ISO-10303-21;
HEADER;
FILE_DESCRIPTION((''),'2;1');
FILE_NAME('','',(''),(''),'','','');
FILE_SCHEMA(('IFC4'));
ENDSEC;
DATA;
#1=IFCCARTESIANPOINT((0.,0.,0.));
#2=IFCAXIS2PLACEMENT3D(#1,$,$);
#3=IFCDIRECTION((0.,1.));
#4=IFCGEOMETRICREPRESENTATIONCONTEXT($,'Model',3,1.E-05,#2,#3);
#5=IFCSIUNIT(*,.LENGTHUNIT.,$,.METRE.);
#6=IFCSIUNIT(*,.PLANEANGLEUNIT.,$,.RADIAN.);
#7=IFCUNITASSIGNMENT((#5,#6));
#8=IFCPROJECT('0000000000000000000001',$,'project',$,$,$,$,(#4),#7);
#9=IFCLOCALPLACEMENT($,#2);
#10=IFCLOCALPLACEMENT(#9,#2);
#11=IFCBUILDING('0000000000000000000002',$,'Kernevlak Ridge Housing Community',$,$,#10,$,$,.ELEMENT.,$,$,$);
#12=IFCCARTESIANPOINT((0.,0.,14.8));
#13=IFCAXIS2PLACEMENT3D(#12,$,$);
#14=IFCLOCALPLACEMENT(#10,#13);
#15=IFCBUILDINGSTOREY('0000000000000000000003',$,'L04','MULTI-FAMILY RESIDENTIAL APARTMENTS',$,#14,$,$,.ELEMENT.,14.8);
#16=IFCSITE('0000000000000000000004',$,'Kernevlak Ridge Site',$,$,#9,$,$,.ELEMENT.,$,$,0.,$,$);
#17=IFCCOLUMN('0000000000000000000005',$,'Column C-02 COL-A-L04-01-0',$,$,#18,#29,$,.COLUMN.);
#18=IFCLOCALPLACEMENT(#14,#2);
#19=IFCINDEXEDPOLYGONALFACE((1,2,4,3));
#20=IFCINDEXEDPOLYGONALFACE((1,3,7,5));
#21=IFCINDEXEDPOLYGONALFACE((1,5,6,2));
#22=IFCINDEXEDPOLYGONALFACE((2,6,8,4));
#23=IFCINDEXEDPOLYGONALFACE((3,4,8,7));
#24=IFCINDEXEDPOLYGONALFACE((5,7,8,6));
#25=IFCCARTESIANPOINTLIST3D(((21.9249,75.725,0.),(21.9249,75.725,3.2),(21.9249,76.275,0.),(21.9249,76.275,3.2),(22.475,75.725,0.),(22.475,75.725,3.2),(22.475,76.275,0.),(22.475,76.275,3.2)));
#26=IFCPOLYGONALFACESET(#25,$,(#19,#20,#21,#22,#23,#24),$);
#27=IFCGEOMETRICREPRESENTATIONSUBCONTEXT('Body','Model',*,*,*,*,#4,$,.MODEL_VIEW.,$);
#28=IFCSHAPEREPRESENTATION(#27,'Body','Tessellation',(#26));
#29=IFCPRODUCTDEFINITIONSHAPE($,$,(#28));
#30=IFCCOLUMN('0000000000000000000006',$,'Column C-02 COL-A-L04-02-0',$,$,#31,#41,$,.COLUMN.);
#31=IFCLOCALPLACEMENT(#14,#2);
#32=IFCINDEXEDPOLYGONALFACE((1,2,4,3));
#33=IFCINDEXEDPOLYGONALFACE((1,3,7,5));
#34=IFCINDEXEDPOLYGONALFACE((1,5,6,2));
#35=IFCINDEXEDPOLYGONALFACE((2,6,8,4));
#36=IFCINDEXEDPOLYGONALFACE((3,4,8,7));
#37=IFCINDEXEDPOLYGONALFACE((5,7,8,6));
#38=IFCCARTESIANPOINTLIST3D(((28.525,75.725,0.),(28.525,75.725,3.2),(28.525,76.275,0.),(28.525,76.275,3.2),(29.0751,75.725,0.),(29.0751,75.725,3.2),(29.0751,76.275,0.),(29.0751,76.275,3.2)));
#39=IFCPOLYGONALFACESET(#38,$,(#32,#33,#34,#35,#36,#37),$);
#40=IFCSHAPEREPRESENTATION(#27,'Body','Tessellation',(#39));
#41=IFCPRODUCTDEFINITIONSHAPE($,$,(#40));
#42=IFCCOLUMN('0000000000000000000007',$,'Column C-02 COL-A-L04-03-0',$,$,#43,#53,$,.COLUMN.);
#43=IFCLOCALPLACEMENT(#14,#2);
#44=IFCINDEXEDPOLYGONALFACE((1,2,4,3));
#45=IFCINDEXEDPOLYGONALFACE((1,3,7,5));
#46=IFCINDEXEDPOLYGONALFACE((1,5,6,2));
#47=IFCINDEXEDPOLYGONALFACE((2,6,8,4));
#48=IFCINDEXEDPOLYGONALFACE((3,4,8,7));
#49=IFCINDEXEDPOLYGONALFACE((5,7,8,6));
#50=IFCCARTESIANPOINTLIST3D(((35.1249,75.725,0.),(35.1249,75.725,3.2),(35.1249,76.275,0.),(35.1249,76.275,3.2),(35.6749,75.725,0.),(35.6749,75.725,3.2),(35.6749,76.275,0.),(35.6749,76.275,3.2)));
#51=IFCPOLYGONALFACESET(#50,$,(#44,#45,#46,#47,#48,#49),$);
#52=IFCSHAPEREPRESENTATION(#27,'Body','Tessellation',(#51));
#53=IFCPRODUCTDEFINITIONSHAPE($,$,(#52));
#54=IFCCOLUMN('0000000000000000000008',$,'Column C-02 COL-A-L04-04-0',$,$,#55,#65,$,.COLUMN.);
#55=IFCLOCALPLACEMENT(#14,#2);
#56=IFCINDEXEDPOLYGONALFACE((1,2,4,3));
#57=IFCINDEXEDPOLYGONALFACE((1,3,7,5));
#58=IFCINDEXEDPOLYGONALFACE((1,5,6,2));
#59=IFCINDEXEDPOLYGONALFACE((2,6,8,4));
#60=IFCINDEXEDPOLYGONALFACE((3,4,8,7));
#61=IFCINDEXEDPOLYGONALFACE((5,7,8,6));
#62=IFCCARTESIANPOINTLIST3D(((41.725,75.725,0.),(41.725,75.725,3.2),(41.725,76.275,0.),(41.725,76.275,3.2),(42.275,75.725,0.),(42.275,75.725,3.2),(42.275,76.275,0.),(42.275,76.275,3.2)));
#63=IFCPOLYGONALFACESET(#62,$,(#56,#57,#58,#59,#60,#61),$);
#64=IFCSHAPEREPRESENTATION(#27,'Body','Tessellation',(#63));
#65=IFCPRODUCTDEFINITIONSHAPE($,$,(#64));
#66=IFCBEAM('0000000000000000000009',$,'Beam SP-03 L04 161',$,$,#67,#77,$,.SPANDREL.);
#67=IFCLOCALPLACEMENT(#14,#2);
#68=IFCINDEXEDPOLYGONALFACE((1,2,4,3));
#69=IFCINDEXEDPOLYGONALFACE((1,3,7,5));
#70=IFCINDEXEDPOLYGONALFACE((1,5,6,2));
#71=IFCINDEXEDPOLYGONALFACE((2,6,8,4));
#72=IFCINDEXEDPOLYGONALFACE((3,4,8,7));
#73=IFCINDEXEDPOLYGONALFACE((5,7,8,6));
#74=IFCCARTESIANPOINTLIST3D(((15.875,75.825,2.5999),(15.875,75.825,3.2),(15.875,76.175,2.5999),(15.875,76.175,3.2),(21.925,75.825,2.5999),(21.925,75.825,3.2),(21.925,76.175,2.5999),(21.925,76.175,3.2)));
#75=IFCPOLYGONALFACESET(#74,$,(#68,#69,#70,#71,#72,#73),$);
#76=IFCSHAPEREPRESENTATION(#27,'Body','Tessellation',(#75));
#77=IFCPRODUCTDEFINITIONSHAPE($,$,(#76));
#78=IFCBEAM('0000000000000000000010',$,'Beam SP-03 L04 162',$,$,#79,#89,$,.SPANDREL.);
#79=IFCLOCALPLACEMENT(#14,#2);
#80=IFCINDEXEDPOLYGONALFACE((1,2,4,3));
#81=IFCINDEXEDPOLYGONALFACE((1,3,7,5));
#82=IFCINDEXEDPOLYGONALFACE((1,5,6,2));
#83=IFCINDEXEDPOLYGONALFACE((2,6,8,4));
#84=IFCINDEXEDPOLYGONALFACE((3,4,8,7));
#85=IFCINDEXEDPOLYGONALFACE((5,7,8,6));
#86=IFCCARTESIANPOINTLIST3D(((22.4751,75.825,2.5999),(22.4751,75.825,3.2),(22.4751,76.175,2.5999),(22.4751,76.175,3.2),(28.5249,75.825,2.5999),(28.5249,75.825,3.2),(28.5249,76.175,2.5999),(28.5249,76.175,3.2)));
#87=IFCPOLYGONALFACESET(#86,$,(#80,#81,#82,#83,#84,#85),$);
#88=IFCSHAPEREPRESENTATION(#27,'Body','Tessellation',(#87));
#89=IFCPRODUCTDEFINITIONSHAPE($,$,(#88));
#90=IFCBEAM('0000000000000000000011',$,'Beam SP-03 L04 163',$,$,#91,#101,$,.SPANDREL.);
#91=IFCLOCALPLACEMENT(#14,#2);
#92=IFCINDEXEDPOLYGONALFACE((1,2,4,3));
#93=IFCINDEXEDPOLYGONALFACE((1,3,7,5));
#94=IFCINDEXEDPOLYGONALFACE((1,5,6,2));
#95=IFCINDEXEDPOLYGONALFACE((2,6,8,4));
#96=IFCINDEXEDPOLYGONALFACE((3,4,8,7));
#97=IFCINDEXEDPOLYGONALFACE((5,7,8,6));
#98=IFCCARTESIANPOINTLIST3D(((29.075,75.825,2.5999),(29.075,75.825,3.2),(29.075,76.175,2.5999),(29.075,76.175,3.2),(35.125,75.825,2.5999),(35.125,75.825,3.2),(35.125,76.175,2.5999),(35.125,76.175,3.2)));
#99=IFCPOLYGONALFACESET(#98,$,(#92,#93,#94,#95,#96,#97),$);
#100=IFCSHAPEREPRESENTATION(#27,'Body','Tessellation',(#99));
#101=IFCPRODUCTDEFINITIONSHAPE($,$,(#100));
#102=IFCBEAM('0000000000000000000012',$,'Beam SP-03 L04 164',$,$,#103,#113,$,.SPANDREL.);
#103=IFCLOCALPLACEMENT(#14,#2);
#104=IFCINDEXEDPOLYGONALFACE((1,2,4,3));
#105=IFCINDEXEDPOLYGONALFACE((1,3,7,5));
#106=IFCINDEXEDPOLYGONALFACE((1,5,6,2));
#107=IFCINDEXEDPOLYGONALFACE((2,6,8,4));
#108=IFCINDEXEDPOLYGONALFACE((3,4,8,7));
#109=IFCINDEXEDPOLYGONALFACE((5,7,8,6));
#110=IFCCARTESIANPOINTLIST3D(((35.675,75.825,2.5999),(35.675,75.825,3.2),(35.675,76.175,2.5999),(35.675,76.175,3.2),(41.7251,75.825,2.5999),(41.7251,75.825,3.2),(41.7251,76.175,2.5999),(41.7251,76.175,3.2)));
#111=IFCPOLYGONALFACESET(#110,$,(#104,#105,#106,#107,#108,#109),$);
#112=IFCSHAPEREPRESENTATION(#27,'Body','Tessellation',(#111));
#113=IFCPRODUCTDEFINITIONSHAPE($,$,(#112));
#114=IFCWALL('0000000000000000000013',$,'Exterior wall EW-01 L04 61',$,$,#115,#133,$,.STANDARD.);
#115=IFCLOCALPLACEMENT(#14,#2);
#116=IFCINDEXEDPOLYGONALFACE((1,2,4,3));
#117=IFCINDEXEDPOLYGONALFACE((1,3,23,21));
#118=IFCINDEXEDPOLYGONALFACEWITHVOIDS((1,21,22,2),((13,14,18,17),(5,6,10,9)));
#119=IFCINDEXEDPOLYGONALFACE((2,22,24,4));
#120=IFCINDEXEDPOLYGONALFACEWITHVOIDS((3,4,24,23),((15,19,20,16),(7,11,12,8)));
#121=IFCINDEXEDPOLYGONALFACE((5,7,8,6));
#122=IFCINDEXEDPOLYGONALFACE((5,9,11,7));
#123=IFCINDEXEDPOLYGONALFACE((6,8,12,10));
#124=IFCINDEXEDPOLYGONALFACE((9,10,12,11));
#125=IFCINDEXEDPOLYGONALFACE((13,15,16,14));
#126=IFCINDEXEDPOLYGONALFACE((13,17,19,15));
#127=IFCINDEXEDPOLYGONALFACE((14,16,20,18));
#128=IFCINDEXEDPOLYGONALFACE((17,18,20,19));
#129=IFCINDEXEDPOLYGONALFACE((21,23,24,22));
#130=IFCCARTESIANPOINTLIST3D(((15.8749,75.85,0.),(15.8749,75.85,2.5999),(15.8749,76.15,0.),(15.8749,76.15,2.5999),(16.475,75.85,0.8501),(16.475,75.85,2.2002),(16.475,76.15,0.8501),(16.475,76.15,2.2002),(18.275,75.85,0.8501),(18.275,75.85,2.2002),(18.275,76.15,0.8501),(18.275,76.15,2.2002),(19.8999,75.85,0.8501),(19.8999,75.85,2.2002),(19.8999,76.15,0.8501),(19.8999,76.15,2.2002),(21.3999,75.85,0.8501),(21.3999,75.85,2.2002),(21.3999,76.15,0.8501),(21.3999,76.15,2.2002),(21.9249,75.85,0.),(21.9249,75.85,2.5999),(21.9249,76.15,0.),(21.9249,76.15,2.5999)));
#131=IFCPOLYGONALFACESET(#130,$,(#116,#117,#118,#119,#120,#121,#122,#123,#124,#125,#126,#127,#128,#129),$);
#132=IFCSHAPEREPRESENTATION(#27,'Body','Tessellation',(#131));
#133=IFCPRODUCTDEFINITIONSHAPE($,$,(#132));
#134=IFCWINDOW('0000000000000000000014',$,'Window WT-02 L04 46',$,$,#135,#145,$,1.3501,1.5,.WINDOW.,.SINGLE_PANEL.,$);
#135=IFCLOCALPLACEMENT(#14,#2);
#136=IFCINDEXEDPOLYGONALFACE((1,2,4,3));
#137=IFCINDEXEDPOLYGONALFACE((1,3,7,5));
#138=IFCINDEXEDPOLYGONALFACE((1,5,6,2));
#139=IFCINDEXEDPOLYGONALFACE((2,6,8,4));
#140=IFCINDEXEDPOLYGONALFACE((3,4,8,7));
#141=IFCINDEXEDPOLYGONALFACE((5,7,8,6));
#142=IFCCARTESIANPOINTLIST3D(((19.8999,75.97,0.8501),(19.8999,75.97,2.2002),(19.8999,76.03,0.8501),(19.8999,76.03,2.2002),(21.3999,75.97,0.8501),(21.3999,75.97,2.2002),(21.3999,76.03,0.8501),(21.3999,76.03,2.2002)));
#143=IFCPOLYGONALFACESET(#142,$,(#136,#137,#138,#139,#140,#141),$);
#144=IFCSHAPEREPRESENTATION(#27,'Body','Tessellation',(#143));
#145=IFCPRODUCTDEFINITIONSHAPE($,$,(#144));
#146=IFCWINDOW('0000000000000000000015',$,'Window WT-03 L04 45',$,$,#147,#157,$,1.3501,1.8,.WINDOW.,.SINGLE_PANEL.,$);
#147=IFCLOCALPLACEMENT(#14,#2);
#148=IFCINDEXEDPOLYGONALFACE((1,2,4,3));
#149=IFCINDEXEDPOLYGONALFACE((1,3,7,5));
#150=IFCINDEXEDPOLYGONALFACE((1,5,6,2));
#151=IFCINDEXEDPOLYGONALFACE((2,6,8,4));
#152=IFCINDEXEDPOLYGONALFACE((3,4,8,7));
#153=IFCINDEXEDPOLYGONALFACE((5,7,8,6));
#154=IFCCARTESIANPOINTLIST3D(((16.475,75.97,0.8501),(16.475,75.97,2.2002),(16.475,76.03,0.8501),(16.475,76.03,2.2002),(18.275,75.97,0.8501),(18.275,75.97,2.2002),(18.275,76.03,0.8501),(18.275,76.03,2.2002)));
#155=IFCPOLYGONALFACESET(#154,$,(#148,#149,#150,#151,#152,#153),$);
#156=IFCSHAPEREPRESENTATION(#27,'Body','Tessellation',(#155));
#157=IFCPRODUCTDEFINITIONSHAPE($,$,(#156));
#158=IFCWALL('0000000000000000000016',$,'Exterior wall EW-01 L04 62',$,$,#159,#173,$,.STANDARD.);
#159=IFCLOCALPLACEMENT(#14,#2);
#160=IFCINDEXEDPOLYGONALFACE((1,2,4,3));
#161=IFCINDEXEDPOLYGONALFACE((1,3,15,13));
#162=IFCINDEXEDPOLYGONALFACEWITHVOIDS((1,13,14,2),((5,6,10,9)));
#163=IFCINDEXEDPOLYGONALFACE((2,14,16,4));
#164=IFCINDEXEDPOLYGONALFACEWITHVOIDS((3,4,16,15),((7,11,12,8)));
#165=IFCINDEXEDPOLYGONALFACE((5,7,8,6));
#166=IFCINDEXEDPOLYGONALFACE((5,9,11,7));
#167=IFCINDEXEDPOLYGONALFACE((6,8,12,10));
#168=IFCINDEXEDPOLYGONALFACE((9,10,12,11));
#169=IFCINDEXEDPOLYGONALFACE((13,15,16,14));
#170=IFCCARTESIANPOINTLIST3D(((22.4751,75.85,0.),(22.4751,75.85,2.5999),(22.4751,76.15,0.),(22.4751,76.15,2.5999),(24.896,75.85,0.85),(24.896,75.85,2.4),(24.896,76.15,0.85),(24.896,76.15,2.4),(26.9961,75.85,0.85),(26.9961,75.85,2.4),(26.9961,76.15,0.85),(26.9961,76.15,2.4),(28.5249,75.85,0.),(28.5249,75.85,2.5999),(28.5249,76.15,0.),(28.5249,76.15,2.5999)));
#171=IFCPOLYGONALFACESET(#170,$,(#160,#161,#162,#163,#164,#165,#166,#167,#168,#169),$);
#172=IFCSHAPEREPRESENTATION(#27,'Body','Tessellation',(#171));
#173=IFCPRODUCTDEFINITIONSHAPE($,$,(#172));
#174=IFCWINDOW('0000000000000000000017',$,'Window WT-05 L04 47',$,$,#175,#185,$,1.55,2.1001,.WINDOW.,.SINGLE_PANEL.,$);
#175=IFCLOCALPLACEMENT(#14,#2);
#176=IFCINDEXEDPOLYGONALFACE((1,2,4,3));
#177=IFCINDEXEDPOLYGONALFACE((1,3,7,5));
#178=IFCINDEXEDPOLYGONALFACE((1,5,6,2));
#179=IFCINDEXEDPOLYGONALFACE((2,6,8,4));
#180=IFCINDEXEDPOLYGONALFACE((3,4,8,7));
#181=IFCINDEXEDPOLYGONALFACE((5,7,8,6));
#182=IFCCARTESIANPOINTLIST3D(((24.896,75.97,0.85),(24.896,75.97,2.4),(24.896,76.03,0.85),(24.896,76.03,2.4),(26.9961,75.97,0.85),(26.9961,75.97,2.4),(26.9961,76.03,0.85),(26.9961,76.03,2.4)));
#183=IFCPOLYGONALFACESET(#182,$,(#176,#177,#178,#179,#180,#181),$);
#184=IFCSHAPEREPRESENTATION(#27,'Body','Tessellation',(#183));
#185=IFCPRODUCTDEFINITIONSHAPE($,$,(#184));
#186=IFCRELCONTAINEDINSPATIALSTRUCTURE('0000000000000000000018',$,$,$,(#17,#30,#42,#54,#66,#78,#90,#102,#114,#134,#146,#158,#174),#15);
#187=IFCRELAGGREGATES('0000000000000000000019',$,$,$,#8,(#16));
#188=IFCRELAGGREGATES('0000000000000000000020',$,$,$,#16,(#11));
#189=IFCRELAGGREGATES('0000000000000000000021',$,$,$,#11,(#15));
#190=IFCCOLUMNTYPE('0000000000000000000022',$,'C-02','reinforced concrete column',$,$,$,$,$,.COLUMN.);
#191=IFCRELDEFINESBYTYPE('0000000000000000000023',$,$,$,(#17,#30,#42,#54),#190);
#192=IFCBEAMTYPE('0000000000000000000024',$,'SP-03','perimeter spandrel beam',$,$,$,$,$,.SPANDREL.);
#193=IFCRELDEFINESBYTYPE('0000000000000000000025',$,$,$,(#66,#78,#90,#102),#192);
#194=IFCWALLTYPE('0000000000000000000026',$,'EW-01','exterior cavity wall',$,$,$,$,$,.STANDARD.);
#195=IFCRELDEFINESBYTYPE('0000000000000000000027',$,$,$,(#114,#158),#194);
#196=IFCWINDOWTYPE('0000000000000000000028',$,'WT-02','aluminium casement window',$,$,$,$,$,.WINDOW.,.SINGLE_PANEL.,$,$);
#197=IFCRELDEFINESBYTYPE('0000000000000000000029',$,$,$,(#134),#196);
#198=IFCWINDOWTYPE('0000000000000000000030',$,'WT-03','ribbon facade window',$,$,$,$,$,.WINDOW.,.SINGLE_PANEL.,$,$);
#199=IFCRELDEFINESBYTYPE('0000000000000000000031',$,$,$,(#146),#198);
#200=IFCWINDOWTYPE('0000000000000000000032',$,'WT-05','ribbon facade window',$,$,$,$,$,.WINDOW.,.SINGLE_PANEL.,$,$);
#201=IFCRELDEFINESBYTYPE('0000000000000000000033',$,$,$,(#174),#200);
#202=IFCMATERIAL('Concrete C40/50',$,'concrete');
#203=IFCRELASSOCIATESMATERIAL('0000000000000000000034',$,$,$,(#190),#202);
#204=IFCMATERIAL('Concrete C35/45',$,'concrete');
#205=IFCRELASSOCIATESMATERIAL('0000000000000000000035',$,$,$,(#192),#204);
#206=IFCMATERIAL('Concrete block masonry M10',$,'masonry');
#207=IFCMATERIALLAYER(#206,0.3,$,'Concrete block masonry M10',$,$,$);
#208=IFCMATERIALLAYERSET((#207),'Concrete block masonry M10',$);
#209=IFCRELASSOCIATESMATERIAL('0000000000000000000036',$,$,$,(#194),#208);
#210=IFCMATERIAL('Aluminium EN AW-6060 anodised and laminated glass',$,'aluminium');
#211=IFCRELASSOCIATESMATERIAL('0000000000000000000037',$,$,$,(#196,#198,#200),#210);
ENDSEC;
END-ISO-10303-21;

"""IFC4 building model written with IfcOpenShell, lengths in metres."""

from ifc_helpers import new_model, si_unit, direction, frame, frame_2d, origin, origin_2d, place, context, subcontext, project, spatial, rectangle, extrude, material, layer, layer_set, material_profile, profile_set, type_object, element, fill, save


model = new_model("IFC4")

# Units and contexts
model_context = context("Model", 3, precision=1e-05, world=origin(), true_north=direction((0.0, 1.0)))
body_context = subcontext(model_context, "Body", "Model", "MODEL_VIEW")
ifc_project = project(units=[si_unit("LENGTHUNIT", "METRE"), si_unit("PLANEANGLEUNIT", "RADIAN")], contexts=[model_context])

# Site, building, storey
site_placement = place(None, origin())
site = spatial("IfcSite", under=ifc_project, at=site_placement, Name="Kernevlak Ridge Site", CompositionType="ELEMENT", RefElevation=0.0)
building_placement = place(site_placement, origin())
building = spatial("IfcBuilding", under=site, at=building_placement, Name="Kernevlak Ridge Housing Community", CompositionType="ELEMENT")
storey_placement = place(building_placement, frame((0.0, 0.0, 14.8)))
storey = spatial("IfcBuildingStorey", under=building, at=storey_placement, Name="L04", Description="MULTI-FAMILY RESIDENTIAL APARTMENTS", CompositionType="ELEMENT", Elevation=14.8)

# Columns
ifc_material_1 = material(Name="Concrete C40/50", Category="concrete")
ifc_material_profile_1 = material_profile(ifc_material_1, rectangle(XDim=0.55, YDim=0.55, at=origin_2d()), Name="RC 550x550")
ifc_profile_set_1 = profile_set([ifc_material_profile_1], Name="Concrete C40/50")
column_type = type_object("IfcColumnType", Name="C-02", Description="reinforced concrete column", PredefinedType="COLUMN", material=ifc_profile_set_1)
for number, where, z_axis, x_axis, name in (
    (1, (22.2, 76.0, 0.0), (0.0, 0.0, 1.0), (1.0, 0.0, 0.0), "Column C-02 COL-A-L04-01-0"),
    (2, (28.8, 76.0, 0.0), (0.0, 0.0, 1.0), (1.0, 0.0, 0.0), "Column C-02 COL-A-L04-02-0"),
    (3, (35.3999, 76.0, 0.0), (0.0, 0.0, 1.0), (1.0, 0.0, 0.0), "Column C-02 COL-A-L04-03-0"),
    (4, (42.0, 76.0, 0.0), (0.0, 0.0, 1.0), (1.0, 0.0, 0.0), "Column C-02 COL-A-L04-04-0"),
):
    element("IfcColumn", number, at=place(storey_placement, frame(where, z_axis=z_axis, x_axis=x_axis)), inside=storey, type_object=column_type, Name=name, PredefinedType="COLUMN", context=body_context, shape_type="SweptSolid", body=[
        extrude(rectangle(XDim=0.55, YDim=0.55, at=origin_2d()), origin(), (0.0, 0.0, 1.0), 3.2),
    ])

# Beams
ifc_material_2 = material(Name="Concrete C35/45", Category="concrete")
ifc_material_profile_2 = material_profile(ifc_material_2, rectangle(XDim=0.3501, YDim=0.6001, at=origin_2d()), Name="RC 350x600")
ifc_profile_set_2 = profile_set([ifc_material_profile_2], Name="Concrete C35/45")
beam_type = type_object("IfcBeamType", Name="SP-03", Description="perimeter spandrel beam", PredefinedType="SPANDREL", material=ifc_profile_set_2)
beam_1_placement = place(storey_placement, frame((15.875, 76.0, 2.8999), z_axis=(1.0, 0.0, 0.0), x_axis=(0.0, 1.0, 0.0)))
element("IfcBeam", 5, at=beam_1_placement, inside=storey, type_object=beam_type, Name="Beam SP-03 L04 161", PredefinedType="SPANDREL", context=body_context, shape_type="SweptSolid", body=[
    extrude(rectangle(XDim=0.3501, YDim=0.6001, at=origin_2d()), origin(), (0.0, 0.0, 1.0), 6.05),
])
beam_2_placement = place(storey_placement, frame((22.4751, 76.0, 2.8999), z_axis=(1.0, 0.0, 0.0), x_axis=(0.0, 1.0, 0.0)))
element("IfcBeam", 6, at=beam_2_placement, inside=storey, type_object=beam_type, Name="Beam SP-03 L04 162", PredefinedType="SPANDREL", context=body_context, shape_type="SweptSolid", body=[
    extrude(rectangle(XDim=0.3501, YDim=0.6001, at=origin_2d()), origin(), (0.0, 0.0, 1.0), 6.0498),
])
for number, where, z_axis, x_axis, name in (
    (7, (29.075, 76.0, 2.8999), (1.0, 0.0, 0.0), (0.0, 1.0, 0.0), "Beam SP-03 L04 163"),
    (8, (35.675, 76.0, 2.8999), (1.0, 0.0, 0.0), (0.0, 1.0, 0.0), "Beam SP-03 L04 164"),
):
    element("IfcBeam", number, at=place(storey_placement, frame(where, z_axis=z_axis, x_axis=x_axis)), inside=storey, type_object=beam_type, Name=name, PredefinedType="SPANDREL", context=body_context, shape_type="SweptSolid", body=[
        extrude(rectangle(XDim=0.3501, YDim=0.6001, at=origin_2d()), origin(), (0.0, 0.0, 1.0), 6.05),
    ])

# Wall, openings, windows
ifc_material_3 = material(Name="Concrete block masonry M10", Category="masonry")
ifc_layer = layer(ifc_material_3, 0.3, Name="Concrete block masonry M10")
ifc_layer_set = layer_set([ifc_layer], Name="Concrete block masonry M10")
wall_type = type_object("IfcWallType", Name="EW-01", Description="exterior cavity wall", PredefinedType="STANDARD", material=ifc_layer_set)
wall_1_placement = place(storey_placement, frame((15.875, 76.0, 0.0), z_axis=(0.0, 0.0, 1.0), x_axis=(1.0, 0.0, 0.0)))
wall_1 = element("IfcWall", 9, at=wall_1_placement, inside=storey, type_object=wall_type, Name="Exterior wall EW-01 L04 61", PredefinedType="STANDARD", context=body_context, shape_type="SweptSolid", body=[
    extrude(rectangle(XDim=6.05, YDim=0.3, at=frame_2d((3.0249, 0.0))), origin(), (0.0, 0.0, 1.0), 2.5999),
])
opening_1_placement = place(wall_1_placement, frame((0.6001, 0.0, 0.8501)))
opening_1 = element("IfcOpeningElement", 10, at=opening_1_placement, cuts=wall_1, PredefinedType="OPENING", context=body_context, shape_type="SweptSolid", body=[
    extrude(rectangle(XDim=1.8, YDim=1.3501, at=frame_2d((0.8999, 0.675))), frame((0.0, 0.1599, 0.0), z_axis=(0.0, -1.0, 0.0), x_axis=(1.0, 0.0, 0.0)), (0.0, 0.0, 1.0), 0.3201),
])
opening_2_placement = place(wall_1_placement, frame((4.0249, 0.0, 0.8501)))
opening_2 = element("IfcOpeningElement", 11, at=opening_2_placement, cuts=wall_1, PredefinedType="OPENING", context=body_context, shape_type="SweptSolid", body=[
    extrude(rectangle(XDim=1.5, YDim=1.3501, at=frame_2d((0.75, 0.675))), frame((0.0, 0.1599, 0.0), z_axis=(0.0, -1.0, 0.0), x_axis=(1.0, 0.0, 0.0)), (0.0, 0.0, 1.0), 0.3201),
])
ifc_material_4 = material(Name="Aluminium EN AW-6060 anodised and laminated glass", Category="aluminium")
window_type_1 = type_object("IfcWindowType", Name="WT-02", Description="aluminium casement window", PartitioningType="SINGLE_PANEL", PredefinedType="WINDOW", material=ifc_material_4)
window_1_placement = place(opening_2_placement, origin())
window_1 = element("IfcWindow", 12, at=window_1_placement, inside=storey, type_object=window_type_1, Name="Window WT-02 L04 46", OverallHeight=1.3501, OverallWidth=1.5, PartitioningType="SINGLE_PANEL", PredefinedType="WINDOW", context=body_context, shape_type="SweptSolid", body=[
    extrude(rectangle(XDim=1.5, YDim=1.3501, at=frame_2d((0.75, 0.675))), frame((0.0, 0.03, 0.0), z_axis=(0.0, -1.0, 0.0), x_axis=(1.0, 0.0, 0.0)), (0.0, 0.0, 1.0), 0.0601),
])
fill(opening_2, window_1)
window_type_2 = type_object("IfcWindowType", Name="WT-03", Description="ribbon facade window", PartitioningType="SINGLE_PANEL", PredefinedType="WINDOW", material=ifc_material_4)
window_2_placement = place(opening_1_placement, origin())
window_2 = element("IfcWindow", 13, at=window_2_placement, inside=storey, type_object=window_type_2, Name="Window WT-03 L04 45", OverallHeight=1.3501, OverallWidth=1.8, PartitioningType="SINGLE_PANEL", PredefinedType="WINDOW", context=body_context, shape_type="SweptSolid", body=[
    extrude(rectangle(XDim=1.8, YDim=1.3501, at=frame_2d((0.8999, 0.675))), frame((0.0, 0.03, 0.0), z_axis=(0.0, -1.0, 0.0), x_axis=(1.0, 0.0, 0.0)), (0.0, 0.0, 1.0), 0.0601),
])
fill(opening_1, window_2)

# Wall, opening, window
wall_2_placement = place(storey_placement, frame((22.4751, 76.0, 0.0), z_axis=(0.0, 0.0, 1.0), x_axis=(1.0, 0.0, 0.0)))
wall_2 = element("IfcWall", 14, at=wall_2_placement, inside=storey, type_object=wall_type, Name="Exterior wall EW-01 L04 62", PredefinedType="STANDARD", context=body_context, shape_type="SweptSolid", body=[
    extrude(rectangle(XDim=6.0498, YDim=0.3, at=frame_2d((3.0249, 0.0))), origin(), (0.0, 0.0, 1.0), 2.5999),
])
opening_3_placement = place(wall_2_placement, frame((2.4209, 0.0, 0.8501)))
opening_3 = element("IfcOpeningElement", 15, at=opening_3_placement, cuts=wall_2, PredefinedType="OPENING", context=body_context, shape_type="SweptSolid", body=[
    extrude(rectangle(XDim=2.1001, YDim=1.55, at=frame_2d((1.05, 0.7749))), frame((0.0, 0.1599, 0.0), z_axis=(0.0, -1.0, 0.0), x_axis=(1.0, 0.0, 0.0)), (0.0, 0.0, 1.0), 0.3201),
])
window_type_3 = type_object("IfcWindowType", Name="WT-05", Description="ribbon facade window", PartitioningType="SINGLE_PANEL", PredefinedType="WINDOW", material=ifc_material_4)
window_3_placement = place(opening_3_placement, origin())
window_3 = element("IfcWindow", 16, at=window_3_placement, inside=storey, type_object=window_type_3, Name="Window WT-05 L04 47", OverallHeight=1.55, OverallWidth=2.1001, PartitioningType="SINGLE_PANEL", PredefinedType="WINDOW", context=body_context, shape_type="SweptSolid", body=[
    extrude(rectangle(XDim=2.1001, YDim=1.55, at=frame_2d((1.05, 0.7749))), frame((0.0, 0.03, 0.0), z_axis=(0.0, -1.0, 0.0), x_axis=(1.0, 0.0, 0.0)), (0.0, 0.0, 1.0), 0.0601),
])
fill(opening_3, window_3)

save(model, "model.ifc")
